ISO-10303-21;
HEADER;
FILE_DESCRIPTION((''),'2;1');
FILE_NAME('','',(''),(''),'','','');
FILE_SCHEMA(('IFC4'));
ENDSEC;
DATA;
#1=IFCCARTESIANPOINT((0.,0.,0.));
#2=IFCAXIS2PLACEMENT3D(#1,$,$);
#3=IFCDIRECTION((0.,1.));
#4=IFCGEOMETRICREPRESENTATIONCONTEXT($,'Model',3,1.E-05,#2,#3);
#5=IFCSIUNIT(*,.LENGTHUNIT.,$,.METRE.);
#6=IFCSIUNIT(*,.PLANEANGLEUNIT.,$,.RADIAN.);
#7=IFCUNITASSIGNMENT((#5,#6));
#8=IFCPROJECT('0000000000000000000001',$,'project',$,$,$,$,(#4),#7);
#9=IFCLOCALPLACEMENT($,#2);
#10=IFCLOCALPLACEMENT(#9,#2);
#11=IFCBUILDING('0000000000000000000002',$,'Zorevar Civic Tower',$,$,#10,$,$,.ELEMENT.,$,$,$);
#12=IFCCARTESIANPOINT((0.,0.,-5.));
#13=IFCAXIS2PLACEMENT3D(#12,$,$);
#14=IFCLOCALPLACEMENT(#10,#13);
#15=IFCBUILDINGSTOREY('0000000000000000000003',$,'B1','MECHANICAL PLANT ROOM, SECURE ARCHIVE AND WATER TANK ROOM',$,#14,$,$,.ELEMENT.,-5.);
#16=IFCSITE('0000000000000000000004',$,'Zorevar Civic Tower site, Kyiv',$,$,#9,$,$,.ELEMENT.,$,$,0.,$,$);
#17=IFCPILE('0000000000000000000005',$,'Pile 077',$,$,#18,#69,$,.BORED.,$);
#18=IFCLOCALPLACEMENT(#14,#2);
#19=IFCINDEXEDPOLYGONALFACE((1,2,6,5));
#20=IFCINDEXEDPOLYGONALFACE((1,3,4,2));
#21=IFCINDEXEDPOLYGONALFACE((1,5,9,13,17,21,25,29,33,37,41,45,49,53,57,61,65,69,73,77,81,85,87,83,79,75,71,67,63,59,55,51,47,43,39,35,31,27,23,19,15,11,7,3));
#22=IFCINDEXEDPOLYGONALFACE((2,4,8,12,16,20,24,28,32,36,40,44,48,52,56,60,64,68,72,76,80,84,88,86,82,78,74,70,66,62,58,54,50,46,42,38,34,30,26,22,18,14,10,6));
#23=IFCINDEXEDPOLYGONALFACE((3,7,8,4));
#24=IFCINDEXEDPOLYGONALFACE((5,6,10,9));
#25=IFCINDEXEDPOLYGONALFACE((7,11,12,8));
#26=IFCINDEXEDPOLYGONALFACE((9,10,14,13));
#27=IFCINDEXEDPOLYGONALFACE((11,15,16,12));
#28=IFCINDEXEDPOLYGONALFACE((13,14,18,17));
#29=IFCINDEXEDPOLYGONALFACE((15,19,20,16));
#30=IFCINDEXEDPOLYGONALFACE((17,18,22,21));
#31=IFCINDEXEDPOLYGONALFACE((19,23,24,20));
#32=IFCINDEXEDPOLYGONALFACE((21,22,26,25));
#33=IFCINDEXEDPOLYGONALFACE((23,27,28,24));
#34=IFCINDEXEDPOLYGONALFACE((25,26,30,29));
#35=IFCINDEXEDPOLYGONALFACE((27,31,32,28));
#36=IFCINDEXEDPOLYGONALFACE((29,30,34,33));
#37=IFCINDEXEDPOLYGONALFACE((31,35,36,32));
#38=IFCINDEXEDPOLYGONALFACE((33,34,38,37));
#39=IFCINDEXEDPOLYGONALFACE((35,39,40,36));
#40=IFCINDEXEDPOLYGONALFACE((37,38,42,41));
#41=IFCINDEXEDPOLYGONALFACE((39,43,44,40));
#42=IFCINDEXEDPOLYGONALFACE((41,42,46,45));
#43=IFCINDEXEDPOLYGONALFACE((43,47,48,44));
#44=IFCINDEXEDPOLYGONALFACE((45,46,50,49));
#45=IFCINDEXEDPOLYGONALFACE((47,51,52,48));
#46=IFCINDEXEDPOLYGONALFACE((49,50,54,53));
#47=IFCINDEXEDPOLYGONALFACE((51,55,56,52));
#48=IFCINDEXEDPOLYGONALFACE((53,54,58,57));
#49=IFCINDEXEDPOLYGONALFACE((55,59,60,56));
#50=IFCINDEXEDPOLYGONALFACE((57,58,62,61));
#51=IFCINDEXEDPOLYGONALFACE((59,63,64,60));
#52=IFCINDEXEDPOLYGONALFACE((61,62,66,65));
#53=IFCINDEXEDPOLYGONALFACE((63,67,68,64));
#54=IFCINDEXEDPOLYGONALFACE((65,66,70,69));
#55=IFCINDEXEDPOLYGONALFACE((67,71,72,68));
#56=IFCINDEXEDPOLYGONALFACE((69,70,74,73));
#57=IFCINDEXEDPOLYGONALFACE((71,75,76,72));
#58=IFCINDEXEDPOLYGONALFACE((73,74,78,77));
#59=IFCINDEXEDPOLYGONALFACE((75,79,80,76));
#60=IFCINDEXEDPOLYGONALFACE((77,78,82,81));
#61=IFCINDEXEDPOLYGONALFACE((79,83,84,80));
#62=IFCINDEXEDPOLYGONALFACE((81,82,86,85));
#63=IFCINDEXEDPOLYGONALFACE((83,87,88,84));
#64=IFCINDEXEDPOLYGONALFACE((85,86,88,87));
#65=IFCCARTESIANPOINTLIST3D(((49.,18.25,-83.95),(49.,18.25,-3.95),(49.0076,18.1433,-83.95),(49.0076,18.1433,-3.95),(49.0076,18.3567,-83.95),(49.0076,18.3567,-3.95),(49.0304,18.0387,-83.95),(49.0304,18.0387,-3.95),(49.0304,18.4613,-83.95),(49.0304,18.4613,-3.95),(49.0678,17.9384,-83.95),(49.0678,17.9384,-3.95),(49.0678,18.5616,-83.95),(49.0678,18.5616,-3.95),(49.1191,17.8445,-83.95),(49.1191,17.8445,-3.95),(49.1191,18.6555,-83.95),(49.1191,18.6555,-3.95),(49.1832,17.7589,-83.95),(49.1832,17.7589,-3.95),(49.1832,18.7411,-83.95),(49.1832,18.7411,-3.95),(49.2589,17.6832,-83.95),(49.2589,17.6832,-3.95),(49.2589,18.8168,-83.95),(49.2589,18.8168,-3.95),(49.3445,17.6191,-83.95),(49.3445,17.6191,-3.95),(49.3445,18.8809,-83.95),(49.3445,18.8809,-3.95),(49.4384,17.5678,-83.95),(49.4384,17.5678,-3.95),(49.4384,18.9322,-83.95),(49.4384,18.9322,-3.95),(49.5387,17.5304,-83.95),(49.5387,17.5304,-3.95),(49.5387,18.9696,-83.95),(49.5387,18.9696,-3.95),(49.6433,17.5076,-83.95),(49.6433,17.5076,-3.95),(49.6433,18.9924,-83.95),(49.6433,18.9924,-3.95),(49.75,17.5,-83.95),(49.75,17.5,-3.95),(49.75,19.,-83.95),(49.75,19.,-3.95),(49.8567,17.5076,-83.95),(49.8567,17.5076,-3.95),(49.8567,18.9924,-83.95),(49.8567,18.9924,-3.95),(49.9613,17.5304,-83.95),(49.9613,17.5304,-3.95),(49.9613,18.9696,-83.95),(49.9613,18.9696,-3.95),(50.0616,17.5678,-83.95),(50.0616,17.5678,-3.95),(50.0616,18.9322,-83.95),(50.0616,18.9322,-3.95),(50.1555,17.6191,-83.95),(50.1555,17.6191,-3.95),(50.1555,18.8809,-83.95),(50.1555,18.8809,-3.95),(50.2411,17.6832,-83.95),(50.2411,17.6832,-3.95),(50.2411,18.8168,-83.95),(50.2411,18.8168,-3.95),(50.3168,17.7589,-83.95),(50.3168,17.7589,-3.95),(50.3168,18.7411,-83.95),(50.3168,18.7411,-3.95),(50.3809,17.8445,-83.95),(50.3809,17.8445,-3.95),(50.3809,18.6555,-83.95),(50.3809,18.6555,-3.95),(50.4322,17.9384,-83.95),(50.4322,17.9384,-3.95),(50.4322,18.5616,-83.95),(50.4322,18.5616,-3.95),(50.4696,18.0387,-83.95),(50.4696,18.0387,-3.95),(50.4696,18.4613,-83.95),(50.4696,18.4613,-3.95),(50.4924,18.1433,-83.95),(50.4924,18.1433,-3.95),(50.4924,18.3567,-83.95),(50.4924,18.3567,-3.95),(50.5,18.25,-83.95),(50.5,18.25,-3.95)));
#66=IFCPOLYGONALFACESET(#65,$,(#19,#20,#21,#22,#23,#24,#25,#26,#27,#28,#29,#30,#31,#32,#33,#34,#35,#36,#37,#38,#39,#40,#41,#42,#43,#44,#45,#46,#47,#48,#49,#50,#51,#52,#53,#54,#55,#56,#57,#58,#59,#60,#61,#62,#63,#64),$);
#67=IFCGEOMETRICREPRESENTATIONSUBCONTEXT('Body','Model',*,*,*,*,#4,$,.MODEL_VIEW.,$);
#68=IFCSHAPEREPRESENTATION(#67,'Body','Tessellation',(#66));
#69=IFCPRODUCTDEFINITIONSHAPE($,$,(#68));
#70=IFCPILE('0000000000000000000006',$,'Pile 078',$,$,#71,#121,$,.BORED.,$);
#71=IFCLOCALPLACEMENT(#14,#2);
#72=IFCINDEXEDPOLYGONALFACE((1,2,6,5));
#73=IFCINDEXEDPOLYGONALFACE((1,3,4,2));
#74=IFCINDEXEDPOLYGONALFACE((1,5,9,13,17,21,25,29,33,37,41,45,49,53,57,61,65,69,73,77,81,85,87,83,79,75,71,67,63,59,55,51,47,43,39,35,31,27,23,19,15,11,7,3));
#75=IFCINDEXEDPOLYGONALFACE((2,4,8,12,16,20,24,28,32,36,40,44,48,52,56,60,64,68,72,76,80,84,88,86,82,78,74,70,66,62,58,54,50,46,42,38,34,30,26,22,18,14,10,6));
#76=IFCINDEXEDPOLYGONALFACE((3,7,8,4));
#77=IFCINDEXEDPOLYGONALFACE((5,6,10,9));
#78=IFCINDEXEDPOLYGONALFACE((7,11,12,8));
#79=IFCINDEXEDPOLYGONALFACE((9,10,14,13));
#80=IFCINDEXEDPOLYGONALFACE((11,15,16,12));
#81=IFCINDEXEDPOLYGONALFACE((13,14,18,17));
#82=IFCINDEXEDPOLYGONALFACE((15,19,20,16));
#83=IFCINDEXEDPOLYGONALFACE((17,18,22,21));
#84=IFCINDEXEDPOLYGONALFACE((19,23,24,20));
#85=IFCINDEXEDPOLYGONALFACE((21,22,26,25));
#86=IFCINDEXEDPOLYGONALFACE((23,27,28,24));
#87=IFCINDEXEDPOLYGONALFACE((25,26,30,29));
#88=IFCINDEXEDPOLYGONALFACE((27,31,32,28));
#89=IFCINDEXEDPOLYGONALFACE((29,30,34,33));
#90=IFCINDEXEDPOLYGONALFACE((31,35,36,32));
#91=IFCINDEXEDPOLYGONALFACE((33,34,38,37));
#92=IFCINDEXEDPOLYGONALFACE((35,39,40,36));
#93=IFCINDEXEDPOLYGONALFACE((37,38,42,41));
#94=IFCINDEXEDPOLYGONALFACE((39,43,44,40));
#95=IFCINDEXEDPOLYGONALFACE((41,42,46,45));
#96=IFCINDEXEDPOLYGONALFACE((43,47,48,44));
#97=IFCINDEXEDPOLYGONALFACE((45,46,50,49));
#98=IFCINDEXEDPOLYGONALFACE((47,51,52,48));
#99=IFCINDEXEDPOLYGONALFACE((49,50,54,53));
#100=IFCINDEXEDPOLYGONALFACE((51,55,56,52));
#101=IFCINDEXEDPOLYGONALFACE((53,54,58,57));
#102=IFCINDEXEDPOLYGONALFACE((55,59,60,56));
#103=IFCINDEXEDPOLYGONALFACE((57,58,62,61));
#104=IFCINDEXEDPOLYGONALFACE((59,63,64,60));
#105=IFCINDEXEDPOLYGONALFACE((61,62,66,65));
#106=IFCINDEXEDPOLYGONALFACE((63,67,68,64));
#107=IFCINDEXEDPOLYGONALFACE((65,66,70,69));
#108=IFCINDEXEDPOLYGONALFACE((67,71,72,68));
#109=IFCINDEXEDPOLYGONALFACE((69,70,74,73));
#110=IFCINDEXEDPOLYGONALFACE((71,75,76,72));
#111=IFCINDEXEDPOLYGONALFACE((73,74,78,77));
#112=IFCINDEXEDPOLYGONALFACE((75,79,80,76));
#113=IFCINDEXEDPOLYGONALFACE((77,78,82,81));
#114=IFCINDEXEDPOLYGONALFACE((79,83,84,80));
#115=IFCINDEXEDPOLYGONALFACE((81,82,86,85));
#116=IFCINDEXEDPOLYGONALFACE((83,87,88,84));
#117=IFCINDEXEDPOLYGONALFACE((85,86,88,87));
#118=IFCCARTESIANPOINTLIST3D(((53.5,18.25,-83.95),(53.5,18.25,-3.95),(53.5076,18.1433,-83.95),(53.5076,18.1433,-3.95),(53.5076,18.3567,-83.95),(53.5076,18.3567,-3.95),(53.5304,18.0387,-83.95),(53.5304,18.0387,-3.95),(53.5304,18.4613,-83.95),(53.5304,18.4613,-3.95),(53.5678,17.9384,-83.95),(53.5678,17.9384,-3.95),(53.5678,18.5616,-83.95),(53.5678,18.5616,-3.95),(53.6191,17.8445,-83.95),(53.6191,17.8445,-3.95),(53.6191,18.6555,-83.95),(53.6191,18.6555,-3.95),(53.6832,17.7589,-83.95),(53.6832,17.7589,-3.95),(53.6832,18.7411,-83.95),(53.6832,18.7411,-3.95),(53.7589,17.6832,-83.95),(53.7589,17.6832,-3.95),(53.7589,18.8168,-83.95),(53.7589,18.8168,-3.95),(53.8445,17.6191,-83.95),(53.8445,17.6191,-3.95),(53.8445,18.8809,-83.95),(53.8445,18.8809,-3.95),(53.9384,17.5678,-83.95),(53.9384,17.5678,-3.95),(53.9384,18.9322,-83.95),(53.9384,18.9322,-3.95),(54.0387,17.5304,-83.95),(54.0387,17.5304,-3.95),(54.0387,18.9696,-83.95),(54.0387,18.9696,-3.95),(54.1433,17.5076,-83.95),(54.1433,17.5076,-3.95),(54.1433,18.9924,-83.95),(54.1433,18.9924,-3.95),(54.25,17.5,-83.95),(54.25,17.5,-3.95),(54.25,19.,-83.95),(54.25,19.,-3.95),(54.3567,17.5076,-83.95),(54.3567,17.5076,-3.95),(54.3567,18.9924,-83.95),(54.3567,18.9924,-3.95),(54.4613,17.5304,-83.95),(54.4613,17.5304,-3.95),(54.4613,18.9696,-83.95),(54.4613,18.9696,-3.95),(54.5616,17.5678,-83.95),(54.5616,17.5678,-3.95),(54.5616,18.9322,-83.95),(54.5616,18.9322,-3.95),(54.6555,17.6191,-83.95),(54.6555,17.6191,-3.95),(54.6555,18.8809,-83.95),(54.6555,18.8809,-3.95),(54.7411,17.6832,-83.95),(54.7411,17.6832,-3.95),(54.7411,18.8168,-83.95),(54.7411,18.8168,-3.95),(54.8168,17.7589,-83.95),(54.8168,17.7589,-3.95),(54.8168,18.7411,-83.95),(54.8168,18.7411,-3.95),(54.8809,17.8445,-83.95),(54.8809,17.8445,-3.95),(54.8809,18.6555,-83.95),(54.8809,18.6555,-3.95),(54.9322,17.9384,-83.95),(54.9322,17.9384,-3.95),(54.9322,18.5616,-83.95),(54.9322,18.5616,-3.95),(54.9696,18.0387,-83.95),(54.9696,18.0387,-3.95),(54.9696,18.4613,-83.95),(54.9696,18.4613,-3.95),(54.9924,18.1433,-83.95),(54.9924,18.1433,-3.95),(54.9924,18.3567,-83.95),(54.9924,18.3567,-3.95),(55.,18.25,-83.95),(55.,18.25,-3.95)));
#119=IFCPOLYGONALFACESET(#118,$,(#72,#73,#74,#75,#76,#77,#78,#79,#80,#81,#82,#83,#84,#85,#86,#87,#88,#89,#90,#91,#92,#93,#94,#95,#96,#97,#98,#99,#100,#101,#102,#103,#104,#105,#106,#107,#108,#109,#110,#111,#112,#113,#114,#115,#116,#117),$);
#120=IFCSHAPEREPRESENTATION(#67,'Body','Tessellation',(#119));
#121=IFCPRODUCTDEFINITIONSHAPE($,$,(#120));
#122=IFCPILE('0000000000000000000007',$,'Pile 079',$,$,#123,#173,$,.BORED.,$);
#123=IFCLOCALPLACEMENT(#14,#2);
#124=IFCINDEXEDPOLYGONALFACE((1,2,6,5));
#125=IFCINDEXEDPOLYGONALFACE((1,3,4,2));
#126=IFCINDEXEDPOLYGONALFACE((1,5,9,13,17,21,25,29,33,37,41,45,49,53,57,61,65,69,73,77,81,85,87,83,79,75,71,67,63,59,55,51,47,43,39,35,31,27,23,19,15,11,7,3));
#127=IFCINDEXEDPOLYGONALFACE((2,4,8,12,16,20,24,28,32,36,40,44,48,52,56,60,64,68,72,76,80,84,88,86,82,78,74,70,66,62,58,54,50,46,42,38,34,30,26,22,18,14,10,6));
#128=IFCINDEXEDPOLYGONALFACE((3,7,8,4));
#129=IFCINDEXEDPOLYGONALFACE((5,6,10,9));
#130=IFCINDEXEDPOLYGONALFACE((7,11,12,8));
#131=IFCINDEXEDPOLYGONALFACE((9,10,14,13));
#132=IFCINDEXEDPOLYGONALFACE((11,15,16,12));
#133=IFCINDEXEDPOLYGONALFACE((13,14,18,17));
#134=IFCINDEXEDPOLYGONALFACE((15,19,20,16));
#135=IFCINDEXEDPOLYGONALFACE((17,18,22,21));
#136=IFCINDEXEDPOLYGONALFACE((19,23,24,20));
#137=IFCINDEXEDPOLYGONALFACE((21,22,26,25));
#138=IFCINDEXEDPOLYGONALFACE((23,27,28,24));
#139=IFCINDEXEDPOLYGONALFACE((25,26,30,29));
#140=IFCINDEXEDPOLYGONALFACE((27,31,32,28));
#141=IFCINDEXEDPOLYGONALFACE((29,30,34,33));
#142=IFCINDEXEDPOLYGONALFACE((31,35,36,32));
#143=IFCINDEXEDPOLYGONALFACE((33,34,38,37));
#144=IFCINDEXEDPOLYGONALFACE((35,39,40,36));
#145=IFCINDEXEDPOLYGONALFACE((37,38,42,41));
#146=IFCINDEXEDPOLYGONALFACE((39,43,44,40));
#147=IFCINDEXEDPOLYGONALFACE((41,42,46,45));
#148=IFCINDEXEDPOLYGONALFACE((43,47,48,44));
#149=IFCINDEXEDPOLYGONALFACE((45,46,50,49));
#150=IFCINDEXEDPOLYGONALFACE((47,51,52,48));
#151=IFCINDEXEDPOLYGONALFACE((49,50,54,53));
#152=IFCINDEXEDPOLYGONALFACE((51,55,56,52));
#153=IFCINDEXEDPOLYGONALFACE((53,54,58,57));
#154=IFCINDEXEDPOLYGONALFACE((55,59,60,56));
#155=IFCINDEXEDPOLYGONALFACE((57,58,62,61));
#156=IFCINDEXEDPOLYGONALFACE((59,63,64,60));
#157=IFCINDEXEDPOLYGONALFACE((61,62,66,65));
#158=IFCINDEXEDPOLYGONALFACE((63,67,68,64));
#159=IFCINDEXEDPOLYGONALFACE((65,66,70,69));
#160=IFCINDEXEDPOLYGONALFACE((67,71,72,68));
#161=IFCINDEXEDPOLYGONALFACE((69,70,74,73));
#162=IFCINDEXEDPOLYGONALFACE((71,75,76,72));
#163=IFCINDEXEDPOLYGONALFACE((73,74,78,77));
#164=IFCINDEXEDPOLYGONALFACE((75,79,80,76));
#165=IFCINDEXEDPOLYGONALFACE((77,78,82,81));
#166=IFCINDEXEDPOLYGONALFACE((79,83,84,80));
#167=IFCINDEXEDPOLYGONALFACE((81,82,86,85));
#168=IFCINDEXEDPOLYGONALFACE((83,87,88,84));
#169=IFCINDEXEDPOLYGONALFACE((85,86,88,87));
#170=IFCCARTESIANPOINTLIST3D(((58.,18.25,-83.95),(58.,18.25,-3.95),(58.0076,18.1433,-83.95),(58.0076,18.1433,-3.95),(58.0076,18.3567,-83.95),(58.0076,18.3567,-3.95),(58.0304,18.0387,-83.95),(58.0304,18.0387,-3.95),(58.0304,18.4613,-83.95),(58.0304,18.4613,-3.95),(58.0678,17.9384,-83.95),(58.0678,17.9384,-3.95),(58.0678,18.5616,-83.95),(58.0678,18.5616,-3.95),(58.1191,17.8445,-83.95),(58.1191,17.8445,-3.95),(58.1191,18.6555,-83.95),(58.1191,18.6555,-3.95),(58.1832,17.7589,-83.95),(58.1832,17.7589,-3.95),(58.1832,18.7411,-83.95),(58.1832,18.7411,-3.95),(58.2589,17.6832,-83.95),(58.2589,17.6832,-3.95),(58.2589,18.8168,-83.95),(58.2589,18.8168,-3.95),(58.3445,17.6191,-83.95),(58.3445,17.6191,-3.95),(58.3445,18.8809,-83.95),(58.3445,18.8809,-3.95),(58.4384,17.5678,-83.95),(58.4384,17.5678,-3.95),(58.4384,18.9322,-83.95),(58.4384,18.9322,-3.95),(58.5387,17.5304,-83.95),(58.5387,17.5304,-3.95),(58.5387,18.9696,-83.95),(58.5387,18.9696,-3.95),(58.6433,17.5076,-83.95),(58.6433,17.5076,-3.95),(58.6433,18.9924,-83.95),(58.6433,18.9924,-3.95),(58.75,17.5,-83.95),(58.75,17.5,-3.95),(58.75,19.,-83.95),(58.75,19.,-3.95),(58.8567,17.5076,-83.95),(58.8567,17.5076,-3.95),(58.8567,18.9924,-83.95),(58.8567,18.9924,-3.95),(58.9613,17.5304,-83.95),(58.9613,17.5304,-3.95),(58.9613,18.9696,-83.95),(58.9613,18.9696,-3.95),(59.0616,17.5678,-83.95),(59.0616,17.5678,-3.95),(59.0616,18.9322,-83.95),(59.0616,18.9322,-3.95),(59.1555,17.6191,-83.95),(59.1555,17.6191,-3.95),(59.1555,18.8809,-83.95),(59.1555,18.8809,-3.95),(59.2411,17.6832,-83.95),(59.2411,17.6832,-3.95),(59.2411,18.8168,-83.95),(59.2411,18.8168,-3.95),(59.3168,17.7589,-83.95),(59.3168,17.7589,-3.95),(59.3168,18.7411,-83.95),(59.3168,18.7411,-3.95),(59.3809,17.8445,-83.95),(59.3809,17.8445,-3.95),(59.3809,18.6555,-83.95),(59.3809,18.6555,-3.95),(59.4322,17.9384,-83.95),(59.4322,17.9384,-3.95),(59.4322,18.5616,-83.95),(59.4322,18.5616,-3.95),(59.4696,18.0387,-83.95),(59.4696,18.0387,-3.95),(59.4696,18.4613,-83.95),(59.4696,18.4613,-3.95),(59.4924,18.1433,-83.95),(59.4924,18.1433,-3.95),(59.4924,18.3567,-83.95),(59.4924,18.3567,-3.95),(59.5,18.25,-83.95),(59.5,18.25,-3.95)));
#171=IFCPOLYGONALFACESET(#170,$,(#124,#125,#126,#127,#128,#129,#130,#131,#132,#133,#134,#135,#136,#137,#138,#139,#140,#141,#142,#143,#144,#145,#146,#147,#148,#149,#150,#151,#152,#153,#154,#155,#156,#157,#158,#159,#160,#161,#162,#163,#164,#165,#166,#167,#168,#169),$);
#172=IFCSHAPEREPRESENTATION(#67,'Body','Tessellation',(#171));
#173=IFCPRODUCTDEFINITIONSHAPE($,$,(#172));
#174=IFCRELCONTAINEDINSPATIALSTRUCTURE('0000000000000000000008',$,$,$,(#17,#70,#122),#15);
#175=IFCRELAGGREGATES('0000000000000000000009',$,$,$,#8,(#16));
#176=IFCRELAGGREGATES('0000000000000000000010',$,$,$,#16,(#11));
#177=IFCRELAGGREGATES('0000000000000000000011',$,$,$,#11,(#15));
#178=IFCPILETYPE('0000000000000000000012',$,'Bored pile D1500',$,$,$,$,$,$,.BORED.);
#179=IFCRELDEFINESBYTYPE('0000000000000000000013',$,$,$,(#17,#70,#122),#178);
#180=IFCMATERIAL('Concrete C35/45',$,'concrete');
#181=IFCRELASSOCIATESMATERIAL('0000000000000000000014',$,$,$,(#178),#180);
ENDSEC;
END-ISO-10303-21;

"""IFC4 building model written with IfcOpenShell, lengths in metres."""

from ifc_helpers import new_model, si_unit, direction, frame, origin, origin_2d, place, context, subcontext, project, spatial, circle, extrude, material, type_object, element, save


model = new_model("IFC4")

# Units and contexts
model_context = context("Model", 3, precision=1e-05, world=origin(), true_north=direction((0.0, 1.0)))
body_context = subcontext(model_context, "Body", "Model", "MODEL_VIEW")
ifc_project = project(units=[si_unit("LENGTHUNIT", "METRE"), si_unit("PLANEANGLEUNIT", "RADIAN")], contexts=[model_context])

# Site, building, storey
site_placement = place(None, origin())
site = spatial("IfcSite", under=ifc_project, at=site_placement, Name="Zorevar Civic Tower site, Kyiv", CompositionType="ELEMENT", RefElevation=0.0)
building_placement = place(site_placement, origin())
building = spatial("IfcBuilding", under=site, at=building_placement, Name="Zorevar Civic Tower", CompositionType="ELEMENT")
storey_placement = place(building_placement, frame((0.0, 0.0, -5.0)))
storey = spatial("IfcBuildingStorey", under=building, at=storey_placement, Name="B1", Description="MECHANICAL PLANT ROOM, SECURE ARCHIVE AND WATER TANK ROOM", CompositionType="ELEMENT", Elevation=-5.0)

# Piles
ifc_material_1 = material(Name="Concrete C35/45", Category="concrete")
pile_type_1 = type_object("IfcPileType", Name="Bored pile D1500", PredefinedType="BORED", material=ifc_material_1)
for number, where, z_axis, x_axis, name in (
    (1, (49.75, 18.25, -3.95), (0.0, 0.0, -1.0), (1.0, 0.0, 0.0), "Pile 077"),
    (2, (54.25, 18.25, -3.95), (0.0, 0.0, -1.0), (1.0, 0.0, 0.0), "Pile 078"),
    (3, (58.75, 18.25, -3.95), (0.0, 0.0, -1.0), (1.0, 0.0, 0.0), "Pile 079"),
):
    element("IfcPile", number, at=place(storey_placement, frame(where, z_axis=z_axis, x_axis=x_axis)), inside=storey, type_object=pile_type_1, Name=name, PredefinedType="BORED", context=body_context, shape_type="SweptSolid", body=[
        extrude(circle(Radius=0.75, at=origin_2d()), origin(), (0.0, 0.0, 1.0), 80.0),
    ])

save(model, "model.ifc")
